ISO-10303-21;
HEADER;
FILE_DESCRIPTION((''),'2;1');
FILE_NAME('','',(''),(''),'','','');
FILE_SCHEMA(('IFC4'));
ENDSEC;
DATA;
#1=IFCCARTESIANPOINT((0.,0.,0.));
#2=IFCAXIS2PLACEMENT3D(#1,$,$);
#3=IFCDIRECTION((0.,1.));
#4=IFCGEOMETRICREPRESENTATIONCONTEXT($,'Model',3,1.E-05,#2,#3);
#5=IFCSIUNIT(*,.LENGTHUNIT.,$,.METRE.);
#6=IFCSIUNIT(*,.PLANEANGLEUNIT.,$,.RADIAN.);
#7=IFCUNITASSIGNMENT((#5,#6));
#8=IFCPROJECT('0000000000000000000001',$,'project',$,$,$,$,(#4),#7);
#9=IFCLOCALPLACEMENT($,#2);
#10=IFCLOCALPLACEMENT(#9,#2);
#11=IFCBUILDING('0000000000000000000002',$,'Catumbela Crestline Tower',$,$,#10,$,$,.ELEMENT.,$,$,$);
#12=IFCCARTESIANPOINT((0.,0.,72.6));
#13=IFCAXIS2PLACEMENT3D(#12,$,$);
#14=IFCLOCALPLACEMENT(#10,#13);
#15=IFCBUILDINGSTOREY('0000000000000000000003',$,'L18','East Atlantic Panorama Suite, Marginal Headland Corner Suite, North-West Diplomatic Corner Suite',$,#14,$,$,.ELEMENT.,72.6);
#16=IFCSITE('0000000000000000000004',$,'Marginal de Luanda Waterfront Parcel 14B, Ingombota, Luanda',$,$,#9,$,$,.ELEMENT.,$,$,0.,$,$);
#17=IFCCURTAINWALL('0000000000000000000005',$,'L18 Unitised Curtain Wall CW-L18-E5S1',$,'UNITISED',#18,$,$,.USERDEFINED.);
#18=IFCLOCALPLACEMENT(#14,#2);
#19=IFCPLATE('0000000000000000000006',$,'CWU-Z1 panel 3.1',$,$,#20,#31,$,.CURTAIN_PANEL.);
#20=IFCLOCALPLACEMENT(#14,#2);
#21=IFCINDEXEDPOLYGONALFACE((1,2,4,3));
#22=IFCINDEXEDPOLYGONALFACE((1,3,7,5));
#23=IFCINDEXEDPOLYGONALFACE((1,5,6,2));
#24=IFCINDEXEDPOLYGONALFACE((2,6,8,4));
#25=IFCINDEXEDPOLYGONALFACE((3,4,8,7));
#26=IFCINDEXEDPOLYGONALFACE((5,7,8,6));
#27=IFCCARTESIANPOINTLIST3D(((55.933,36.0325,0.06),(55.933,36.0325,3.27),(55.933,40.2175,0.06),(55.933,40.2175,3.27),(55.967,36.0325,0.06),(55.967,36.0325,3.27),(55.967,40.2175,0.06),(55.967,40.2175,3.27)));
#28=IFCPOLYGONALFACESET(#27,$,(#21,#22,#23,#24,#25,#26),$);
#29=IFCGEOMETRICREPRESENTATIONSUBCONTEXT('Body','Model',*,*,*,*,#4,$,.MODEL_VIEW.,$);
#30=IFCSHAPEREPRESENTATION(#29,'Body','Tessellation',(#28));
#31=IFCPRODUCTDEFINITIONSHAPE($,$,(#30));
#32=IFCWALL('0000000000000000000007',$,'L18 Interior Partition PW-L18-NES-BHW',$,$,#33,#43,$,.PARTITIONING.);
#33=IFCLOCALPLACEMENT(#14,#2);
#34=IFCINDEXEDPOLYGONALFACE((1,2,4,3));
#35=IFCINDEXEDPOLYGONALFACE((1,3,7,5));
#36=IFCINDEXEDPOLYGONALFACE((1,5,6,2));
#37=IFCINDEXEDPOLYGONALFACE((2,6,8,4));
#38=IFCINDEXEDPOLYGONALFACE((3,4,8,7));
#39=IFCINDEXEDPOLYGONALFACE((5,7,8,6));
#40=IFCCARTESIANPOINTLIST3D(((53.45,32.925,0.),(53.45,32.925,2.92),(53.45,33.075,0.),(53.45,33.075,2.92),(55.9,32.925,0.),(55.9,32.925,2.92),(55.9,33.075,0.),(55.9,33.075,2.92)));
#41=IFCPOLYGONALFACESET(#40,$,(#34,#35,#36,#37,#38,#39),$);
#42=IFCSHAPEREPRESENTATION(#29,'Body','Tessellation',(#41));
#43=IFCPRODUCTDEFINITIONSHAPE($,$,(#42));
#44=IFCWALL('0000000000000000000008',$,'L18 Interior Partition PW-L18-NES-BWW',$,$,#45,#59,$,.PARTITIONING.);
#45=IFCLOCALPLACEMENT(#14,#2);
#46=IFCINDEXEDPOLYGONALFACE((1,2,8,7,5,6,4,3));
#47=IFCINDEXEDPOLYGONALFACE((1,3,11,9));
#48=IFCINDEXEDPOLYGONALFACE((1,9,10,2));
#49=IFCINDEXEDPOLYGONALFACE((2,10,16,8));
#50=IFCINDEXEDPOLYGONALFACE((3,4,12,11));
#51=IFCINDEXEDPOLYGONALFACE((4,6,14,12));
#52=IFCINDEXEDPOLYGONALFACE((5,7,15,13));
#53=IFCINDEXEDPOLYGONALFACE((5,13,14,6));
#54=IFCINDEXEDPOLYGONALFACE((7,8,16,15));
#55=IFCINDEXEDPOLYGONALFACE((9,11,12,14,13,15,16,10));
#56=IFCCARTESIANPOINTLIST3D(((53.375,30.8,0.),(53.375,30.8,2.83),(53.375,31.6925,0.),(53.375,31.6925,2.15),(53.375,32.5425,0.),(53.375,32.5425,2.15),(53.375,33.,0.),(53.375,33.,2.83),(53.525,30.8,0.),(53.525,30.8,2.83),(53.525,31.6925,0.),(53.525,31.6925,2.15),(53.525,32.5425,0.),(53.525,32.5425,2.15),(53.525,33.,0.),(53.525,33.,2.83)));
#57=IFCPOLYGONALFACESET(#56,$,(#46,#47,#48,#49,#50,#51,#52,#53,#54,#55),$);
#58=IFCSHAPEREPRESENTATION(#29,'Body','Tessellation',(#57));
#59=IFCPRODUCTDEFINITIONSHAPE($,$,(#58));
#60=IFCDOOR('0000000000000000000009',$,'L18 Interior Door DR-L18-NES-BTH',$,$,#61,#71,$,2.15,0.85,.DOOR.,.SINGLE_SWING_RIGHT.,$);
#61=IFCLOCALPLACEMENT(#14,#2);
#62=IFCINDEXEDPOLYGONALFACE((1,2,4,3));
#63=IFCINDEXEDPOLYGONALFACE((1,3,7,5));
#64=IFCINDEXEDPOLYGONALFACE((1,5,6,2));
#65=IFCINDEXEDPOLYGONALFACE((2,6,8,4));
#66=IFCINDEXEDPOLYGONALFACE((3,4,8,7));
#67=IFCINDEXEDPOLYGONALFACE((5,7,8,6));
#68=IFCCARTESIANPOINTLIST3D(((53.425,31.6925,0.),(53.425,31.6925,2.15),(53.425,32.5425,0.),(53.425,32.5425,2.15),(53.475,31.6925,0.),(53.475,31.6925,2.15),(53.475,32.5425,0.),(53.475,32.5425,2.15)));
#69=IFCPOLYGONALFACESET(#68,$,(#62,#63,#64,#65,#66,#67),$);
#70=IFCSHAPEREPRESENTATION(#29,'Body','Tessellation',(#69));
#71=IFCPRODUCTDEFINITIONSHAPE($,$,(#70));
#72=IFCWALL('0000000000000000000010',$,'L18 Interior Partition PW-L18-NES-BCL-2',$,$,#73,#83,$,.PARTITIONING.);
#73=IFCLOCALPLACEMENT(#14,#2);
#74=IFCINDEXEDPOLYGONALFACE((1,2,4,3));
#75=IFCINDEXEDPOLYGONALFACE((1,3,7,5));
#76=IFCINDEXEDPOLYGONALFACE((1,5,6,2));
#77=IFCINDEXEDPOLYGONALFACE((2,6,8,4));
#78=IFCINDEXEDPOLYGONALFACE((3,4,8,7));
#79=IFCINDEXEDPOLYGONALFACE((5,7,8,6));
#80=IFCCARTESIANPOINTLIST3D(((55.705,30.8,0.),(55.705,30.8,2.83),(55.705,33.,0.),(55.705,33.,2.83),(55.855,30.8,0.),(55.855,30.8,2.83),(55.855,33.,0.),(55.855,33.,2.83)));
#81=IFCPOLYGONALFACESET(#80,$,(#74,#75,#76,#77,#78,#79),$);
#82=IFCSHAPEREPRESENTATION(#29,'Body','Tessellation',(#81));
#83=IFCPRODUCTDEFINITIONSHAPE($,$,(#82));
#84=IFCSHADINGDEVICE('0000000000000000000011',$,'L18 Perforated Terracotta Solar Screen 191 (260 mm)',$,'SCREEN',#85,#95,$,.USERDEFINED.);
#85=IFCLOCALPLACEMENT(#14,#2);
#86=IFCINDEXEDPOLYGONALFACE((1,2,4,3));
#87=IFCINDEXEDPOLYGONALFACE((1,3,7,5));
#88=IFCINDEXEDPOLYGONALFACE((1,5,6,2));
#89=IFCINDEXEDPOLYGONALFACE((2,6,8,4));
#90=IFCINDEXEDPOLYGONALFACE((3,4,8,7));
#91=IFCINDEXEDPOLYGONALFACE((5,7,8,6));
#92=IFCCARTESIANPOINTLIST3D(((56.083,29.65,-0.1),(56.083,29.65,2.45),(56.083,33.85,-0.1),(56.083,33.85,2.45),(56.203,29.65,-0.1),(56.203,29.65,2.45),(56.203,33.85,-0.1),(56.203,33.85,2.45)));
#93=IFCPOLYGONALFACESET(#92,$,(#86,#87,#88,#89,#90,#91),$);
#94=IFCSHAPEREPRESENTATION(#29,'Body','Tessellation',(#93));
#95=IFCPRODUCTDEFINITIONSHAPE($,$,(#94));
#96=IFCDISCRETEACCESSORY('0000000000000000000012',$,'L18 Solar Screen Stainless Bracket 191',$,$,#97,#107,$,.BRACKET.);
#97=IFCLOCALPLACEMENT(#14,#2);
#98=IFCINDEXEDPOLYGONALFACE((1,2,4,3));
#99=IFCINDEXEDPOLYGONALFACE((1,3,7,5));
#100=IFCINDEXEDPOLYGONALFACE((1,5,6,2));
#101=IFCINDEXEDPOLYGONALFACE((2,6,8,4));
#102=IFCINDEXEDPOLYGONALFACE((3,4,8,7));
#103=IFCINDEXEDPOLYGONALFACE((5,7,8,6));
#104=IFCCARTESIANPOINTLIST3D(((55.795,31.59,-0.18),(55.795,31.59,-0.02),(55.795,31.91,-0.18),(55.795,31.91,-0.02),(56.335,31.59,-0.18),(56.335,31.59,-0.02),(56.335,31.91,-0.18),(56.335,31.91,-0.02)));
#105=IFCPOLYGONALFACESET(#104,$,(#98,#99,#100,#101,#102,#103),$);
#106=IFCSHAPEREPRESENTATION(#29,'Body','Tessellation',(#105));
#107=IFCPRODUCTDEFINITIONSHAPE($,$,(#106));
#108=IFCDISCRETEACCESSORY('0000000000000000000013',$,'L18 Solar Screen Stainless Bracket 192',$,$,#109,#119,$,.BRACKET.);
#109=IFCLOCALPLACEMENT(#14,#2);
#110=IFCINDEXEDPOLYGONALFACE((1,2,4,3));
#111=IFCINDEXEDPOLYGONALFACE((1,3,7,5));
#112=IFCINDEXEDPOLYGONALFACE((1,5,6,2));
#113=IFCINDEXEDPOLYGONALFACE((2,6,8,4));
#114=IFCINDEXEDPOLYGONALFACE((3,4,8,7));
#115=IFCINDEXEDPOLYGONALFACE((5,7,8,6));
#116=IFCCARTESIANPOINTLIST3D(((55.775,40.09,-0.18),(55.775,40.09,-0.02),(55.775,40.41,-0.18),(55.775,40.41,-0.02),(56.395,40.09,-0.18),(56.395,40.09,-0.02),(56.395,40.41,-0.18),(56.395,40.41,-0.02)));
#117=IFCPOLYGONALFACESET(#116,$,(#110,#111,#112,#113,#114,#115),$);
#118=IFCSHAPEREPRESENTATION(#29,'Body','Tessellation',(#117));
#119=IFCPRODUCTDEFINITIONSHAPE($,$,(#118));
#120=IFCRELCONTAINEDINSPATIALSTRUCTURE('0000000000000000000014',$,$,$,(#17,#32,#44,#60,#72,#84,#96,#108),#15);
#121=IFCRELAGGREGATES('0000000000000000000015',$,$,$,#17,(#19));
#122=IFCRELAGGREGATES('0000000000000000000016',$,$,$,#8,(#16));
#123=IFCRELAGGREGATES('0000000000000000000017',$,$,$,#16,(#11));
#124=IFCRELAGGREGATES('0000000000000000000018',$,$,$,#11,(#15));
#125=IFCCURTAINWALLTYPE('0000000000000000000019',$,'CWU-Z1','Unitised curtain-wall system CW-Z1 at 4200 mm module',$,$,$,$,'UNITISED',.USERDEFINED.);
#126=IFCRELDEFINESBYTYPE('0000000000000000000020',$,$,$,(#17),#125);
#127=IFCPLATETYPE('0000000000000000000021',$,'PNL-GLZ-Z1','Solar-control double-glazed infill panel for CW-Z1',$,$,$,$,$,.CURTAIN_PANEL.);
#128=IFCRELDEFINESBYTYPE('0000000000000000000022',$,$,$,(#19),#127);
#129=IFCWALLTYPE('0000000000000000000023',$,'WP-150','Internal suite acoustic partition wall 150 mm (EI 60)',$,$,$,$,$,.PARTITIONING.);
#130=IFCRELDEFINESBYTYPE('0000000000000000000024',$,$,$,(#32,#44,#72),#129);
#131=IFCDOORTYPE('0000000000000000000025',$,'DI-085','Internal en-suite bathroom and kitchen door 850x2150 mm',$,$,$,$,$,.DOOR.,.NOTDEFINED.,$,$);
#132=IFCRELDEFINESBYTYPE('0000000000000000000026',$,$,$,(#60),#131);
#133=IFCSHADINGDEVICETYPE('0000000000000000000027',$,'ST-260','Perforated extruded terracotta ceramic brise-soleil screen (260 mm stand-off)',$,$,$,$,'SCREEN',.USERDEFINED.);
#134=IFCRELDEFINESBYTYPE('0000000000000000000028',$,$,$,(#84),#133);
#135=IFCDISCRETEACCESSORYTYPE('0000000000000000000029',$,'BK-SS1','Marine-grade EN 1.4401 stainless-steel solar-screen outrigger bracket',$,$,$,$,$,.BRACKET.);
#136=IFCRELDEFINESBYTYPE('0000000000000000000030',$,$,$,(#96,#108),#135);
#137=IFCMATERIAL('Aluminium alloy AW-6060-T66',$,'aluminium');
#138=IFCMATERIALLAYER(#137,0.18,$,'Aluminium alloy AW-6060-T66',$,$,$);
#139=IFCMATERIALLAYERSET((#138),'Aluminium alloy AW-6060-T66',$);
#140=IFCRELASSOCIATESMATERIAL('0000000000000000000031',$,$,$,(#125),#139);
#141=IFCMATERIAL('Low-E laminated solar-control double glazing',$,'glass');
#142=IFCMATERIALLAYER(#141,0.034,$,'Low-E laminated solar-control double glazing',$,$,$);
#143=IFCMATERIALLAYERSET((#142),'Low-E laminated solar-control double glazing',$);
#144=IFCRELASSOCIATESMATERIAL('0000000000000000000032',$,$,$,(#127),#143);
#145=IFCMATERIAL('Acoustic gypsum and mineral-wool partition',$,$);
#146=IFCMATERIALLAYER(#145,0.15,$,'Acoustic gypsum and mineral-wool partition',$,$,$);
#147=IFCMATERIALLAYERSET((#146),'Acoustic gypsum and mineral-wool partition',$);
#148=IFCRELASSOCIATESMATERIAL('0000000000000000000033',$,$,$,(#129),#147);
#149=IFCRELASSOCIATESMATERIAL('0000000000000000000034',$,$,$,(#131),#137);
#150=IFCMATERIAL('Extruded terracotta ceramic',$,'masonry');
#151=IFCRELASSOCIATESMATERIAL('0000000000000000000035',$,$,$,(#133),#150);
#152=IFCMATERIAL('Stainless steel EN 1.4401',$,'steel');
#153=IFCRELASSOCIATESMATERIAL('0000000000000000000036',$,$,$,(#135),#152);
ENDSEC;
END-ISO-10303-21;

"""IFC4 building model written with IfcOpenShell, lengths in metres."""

from ifc_helpers import new_model, si_unit, direction, frame, frame_2d, origin, origin_2d, place, context, subcontext, project, spatial, rectangle, extrude, material, layer, layer_set, type_object, element, fill, aggregate, save


model = new_model("IFC4")

# Units and contexts
model_context = context("Model", 3, precision=1e-05, world=origin(), true_north=direction((0.0, 1.0)))
body_context = subcontext(model_context, "Body", "Model", "MODEL_VIEW")
ifc_project = project(units=[si_unit("LENGTHUNIT", "METRE"), si_unit("PLANEANGLEUNIT", "RADIAN")], contexts=[model_context])

# Site, building, storey
site_placement = place(None, origin())
site = spatial("IfcSite", under=ifc_project, at=site_placement, Name="Marginal de Luanda Waterfront Parcel 14B, Ingombota, Luanda", CompositionType="ELEMENT", RefElevation=0.0)
building_placement = place(site_placement, origin())
building = spatial("IfcBuilding", under=site, at=building_placement, Name="Catumbela Crestline Tower", CompositionType="ELEMENT")
storey_placement = place(building_placement, frame((0.0, 0.0, 72.6)))
storey = spatial("IfcBuildingStorey", under=building, at=storey_placement, Name="L18", Description="East Atlantic Panorama Suite, Marginal Headland Corner Suite, North-West Diplomatic Corner Suite", CompositionType="ELEMENT", Elevation=72.6)

# Curtain wall
ifc_material_1 = material(Name="Aluminium alloy AW-6060-T66", Category="aluminium")
ifc_layer_1 = layer(ifc_material_1, 0.18, Name="Aluminium alloy AW-6060-T66")
ifc_layer_set_1 = layer_set([ifc_layer_1], Name="Aluminium alloy AW-6060-T66")
curtain_wall_type = type_object("IfcCurtainWallType", Name="CWU-Z1", Description="Unitised curtain-wall system CW-Z1 at 4200 mm module", ElementType="UNITISED", PredefinedType="USERDEFINED", material=ifc_layer_set_1)
curtain_wall_placement = place(storey_placement, origin())
curtain_wall = element("IfcCurtainWall", 1, at=curtain_wall_placement, inside=storey, type_object=curtain_wall_type, Name="L18 Unitised Curtain Wall CW-L18-E5S1", ObjectType="UNITISED", PredefinedType="USERDEFINED")

# Plate
ifc_material_2 = material(Name="Low-E laminated solar-control double glazing", Category="glass")
ifc_layer_2 = layer(ifc_material_2, 0.034, Name="Low-E laminated solar-control double glazing")
ifc_layer_set_2 = layer_set([ifc_layer_2], Name="Low-E laminated solar-control double glazing")
plate_type = type_object("IfcPlateType", Name="PNL-GLZ-Z1", Description="Solar-control double-glazed infill panel for CW-Z1", PredefinedType="CURTAIN_PANEL", material=ifc_layer_set_2)
plate_1_placement = place(storey_placement, frame((55.95, 38.125, 0.06), z_axis=(0.0, 0.0, 1.0), x_axis=(0.0, 1.0, 0.0)))
plate_1 = element("IfcPlate", 2, at=plate_1_placement, type_object=plate_type, Name="CWU-Z1 panel 3.1", PredefinedType="CURTAIN_PANEL", context=body_context, shape_type="SweptSolid", body=[
    extrude(rectangle(XDim=4.185, YDim=0.034, at=origin_2d()), origin(), (0.0, 0.0, 1.0), 3.21),
])
aggregate(curtain_wall, [plate_1])

# Wall
ifc_material_3 = material(Name="Acoustic gypsum and mineral-wool partition")
ifc_layer_3 = layer(ifc_material_3, 0.15, Name="Acoustic gypsum and mineral-wool partition")
ifc_layer_set_3 = layer_set([ifc_layer_3], Name="Acoustic gypsum and mineral-wool partition")
wall_type = type_object("IfcWallType", Name="WP-150", Description="Internal suite acoustic partition wall 150 mm (EI 60)", PredefinedType="PARTITIONING", material=ifc_layer_set_3)
wall_1_placement = place(storey_placement, frame((53.45, 33.0, 0.0), z_axis=(0.0, 0.0, 1.0), x_axis=(1.0, 0.0, 0.0)))
element("IfcWall", 3, at=wall_1_placement, inside=storey, type_object=wall_type, Name="L18 Interior Partition PW-L18-NES-BHW", PredefinedType="PARTITIONING", context=body_context, shape_type="SweptSolid", body=[
    extrude(rectangle(XDim=2.45, YDim=0.15, at=frame_2d((1.225, 0.0))), origin(), (0.0, 0.0, 1.0), 2.92),
])

# Wall, opening, door
wall_2_placement = place(storey_placement, frame((53.45, 30.8, 0.0), z_axis=(0.0, 0.0, 1.0), x_axis=(0.0, 1.0, 0.0)))
wall_2 = element("IfcWall", 4, at=wall_2_placement, inside=storey, type_object=wall_type, Name="L18 Interior Partition PW-L18-NES-BWW", PredefinedType="PARTITIONING", context=body_context, shape_type="SweptSolid", body=[
    extrude(rectangle(XDim=2.2, YDim=0.15, at=frame_2d((1.1, 0.0))), origin(), (0.0, 0.0, 1.0), 2.83),
])
opening_placement = place(wall_2_placement, frame((0.8925, 0.0, 0.0)))
opening = element("IfcOpeningElement", 5, at=opening_placement, cuts=wall_2, PredefinedType="OPENING", context=body_context, shape_type="SweptSolid", body=[
    extrude(rectangle(XDim=0.85, YDim=2.15, at=frame_2d((0.425, 1.075))), frame((0.0, 0.085, 0.0), z_axis=(0.0, -1.0, 0.0), x_axis=(1.0, 0.0, 0.0)), (0.0, 0.0, 1.0), 0.17),
])
door_type = type_object("IfcDoorType", Name="DI-085", Description="Internal en-suite bathroom and kitchen door 850x2150 mm", OperationType="NOTDEFINED", PredefinedType="DOOR", material=ifc_material_1)
door_placement = place(opening_placement, origin())
door = element("IfcDoor", 6, at=door_placement, inside=storey, type_object=door_type, Name="L18 Interior Door DR-L18-NES-BTH", OperationType="SINGLE_SWING_RIGHT", OverallHeight=2.15, OverallWidth=0.85, PredefinedType="DOOR", context=body_context, shape_type="SweptSolid", body=[
    extrude(rectangle(XDim=0.85, YDim=2.15, at=frame_2d((0.425, 1.075))), frame((0.0, 0.025, 0.0), z_axis=(0.0, -1.0, 0.0), x_axis=(1.0, 0.0, 0.0)), (0.0, 0.0, 1.0), 0.05),
])
fill(opening, door)

# Wall
wall_3_placement = place(storey_placement, frame((55.78, 33.0, 0.0), z_axis=(0.0, 0.0, 1.0), x_axis=(0.0, -1.0, 0.0)))
element("IfcWall", 7, at=wall_3_placement, inside=storey, type_object=wall_type, Name="L18 Interior Partition PW-L18-NES-BCL-2", PredefinedType="PARTITIONING", context=body_context, shape_type="SweptSolid", body=[
    extrude(rectangle(XDim=2.2, YDim=0.15, at=frame_2d((1.1, 0.0))), origin(), (0.0, 0.0, 1.0), 2.83),
])

# Shading device
ifc_material_4 = material(Name="Extruded terracotta ceramic", Category="masonry")
shading_device_type = type_object("IfcShadingDeviceType", Name="ST-260", Description="Perforated extruded terracotta ceramic brise-soleil screen (260 mm stand-off)", ElementType="SCREEN", PredefinedType="USERDEFINED", material=ifc_material_4)
shading_device_placement = place(storey_placement, frame((56.143, 31.75, -0.1), z_axis=(0.0, 0.0, 1.0), x_axis=(0.0, 1.0, 0.0)))
element("IfcShadingDevice", 8, at=shading_device_placement, inside=storey, type_object=shading_device_type, Name="L18 Perforated Terracotta Solar Screen 191 (260 mm)", ObjectType="SCREEN", PredefinedType="USERDEFINED", context=body_context, shape_type="SweptSolid", body=[
    extrude(rectangle(XDim=4.2, YDim=0.12, at=origin_2d()), origin(), (0.0, 0.0, 1.0), 2.55),
])

# Discrete accessories
ifc_material_5 = material(Name="Stainless steel EN 1.4401", Category="steel")
discrete_accessory_type = type_object("IfcDiscreteAccessoryType", Name="BK-SS1", Description="Marine-grade EN 1.4401 stainless-steel solar-screen outrigger bracket", PredefinedType="BRACKET", material=ifc_material_5)
discrete_accessory_1_placement = place(storey_placement, frame((56.065, 31.75, -0.18), z_axis=(0.0, 0.0, 1.0), x_axis=(0.0, 1.0, 0.0)))
element("IfcDiscreteAccessory", 9, at=discrete_accessory_1_placement, inside=storey, type_object=discrete_accessory_type, Name="L18 Solar Screen Stainless Bracket 191", PredefinedType="BRACKET", context=body_context, shape_type="SweptSolid", body=[
    extrude(rectangle(XDim=0.32, YDim=0.54, at=origin_2d()), origin(), (0.0, 0.0, 1.0), 0.16),
])
discrete_accessory_2_placement = place(storey_placement, frame((56.085, 40.25, -0.18), z_axis=(0.0, 0.0, 1.0), x_axis=(0.0, 1.0, 0.0)))
element("IfcDiscreteAccessory", 10, at=discrete_accessory_2_placement, inside=storey, type_object=discrete_accessory_type, Name="L18 Solar Screen Stainless Bracket 192", PredefinedType="BRACKET", context=body_context, shape_type="SweptSolid", body=[
    extrude(rectangle(XDim=0.32, YDim=0.62, at=origin_2d()), origin(), (0.0, 0.0, 1.0), 0.16),
])

save(model, "model.ifc")
